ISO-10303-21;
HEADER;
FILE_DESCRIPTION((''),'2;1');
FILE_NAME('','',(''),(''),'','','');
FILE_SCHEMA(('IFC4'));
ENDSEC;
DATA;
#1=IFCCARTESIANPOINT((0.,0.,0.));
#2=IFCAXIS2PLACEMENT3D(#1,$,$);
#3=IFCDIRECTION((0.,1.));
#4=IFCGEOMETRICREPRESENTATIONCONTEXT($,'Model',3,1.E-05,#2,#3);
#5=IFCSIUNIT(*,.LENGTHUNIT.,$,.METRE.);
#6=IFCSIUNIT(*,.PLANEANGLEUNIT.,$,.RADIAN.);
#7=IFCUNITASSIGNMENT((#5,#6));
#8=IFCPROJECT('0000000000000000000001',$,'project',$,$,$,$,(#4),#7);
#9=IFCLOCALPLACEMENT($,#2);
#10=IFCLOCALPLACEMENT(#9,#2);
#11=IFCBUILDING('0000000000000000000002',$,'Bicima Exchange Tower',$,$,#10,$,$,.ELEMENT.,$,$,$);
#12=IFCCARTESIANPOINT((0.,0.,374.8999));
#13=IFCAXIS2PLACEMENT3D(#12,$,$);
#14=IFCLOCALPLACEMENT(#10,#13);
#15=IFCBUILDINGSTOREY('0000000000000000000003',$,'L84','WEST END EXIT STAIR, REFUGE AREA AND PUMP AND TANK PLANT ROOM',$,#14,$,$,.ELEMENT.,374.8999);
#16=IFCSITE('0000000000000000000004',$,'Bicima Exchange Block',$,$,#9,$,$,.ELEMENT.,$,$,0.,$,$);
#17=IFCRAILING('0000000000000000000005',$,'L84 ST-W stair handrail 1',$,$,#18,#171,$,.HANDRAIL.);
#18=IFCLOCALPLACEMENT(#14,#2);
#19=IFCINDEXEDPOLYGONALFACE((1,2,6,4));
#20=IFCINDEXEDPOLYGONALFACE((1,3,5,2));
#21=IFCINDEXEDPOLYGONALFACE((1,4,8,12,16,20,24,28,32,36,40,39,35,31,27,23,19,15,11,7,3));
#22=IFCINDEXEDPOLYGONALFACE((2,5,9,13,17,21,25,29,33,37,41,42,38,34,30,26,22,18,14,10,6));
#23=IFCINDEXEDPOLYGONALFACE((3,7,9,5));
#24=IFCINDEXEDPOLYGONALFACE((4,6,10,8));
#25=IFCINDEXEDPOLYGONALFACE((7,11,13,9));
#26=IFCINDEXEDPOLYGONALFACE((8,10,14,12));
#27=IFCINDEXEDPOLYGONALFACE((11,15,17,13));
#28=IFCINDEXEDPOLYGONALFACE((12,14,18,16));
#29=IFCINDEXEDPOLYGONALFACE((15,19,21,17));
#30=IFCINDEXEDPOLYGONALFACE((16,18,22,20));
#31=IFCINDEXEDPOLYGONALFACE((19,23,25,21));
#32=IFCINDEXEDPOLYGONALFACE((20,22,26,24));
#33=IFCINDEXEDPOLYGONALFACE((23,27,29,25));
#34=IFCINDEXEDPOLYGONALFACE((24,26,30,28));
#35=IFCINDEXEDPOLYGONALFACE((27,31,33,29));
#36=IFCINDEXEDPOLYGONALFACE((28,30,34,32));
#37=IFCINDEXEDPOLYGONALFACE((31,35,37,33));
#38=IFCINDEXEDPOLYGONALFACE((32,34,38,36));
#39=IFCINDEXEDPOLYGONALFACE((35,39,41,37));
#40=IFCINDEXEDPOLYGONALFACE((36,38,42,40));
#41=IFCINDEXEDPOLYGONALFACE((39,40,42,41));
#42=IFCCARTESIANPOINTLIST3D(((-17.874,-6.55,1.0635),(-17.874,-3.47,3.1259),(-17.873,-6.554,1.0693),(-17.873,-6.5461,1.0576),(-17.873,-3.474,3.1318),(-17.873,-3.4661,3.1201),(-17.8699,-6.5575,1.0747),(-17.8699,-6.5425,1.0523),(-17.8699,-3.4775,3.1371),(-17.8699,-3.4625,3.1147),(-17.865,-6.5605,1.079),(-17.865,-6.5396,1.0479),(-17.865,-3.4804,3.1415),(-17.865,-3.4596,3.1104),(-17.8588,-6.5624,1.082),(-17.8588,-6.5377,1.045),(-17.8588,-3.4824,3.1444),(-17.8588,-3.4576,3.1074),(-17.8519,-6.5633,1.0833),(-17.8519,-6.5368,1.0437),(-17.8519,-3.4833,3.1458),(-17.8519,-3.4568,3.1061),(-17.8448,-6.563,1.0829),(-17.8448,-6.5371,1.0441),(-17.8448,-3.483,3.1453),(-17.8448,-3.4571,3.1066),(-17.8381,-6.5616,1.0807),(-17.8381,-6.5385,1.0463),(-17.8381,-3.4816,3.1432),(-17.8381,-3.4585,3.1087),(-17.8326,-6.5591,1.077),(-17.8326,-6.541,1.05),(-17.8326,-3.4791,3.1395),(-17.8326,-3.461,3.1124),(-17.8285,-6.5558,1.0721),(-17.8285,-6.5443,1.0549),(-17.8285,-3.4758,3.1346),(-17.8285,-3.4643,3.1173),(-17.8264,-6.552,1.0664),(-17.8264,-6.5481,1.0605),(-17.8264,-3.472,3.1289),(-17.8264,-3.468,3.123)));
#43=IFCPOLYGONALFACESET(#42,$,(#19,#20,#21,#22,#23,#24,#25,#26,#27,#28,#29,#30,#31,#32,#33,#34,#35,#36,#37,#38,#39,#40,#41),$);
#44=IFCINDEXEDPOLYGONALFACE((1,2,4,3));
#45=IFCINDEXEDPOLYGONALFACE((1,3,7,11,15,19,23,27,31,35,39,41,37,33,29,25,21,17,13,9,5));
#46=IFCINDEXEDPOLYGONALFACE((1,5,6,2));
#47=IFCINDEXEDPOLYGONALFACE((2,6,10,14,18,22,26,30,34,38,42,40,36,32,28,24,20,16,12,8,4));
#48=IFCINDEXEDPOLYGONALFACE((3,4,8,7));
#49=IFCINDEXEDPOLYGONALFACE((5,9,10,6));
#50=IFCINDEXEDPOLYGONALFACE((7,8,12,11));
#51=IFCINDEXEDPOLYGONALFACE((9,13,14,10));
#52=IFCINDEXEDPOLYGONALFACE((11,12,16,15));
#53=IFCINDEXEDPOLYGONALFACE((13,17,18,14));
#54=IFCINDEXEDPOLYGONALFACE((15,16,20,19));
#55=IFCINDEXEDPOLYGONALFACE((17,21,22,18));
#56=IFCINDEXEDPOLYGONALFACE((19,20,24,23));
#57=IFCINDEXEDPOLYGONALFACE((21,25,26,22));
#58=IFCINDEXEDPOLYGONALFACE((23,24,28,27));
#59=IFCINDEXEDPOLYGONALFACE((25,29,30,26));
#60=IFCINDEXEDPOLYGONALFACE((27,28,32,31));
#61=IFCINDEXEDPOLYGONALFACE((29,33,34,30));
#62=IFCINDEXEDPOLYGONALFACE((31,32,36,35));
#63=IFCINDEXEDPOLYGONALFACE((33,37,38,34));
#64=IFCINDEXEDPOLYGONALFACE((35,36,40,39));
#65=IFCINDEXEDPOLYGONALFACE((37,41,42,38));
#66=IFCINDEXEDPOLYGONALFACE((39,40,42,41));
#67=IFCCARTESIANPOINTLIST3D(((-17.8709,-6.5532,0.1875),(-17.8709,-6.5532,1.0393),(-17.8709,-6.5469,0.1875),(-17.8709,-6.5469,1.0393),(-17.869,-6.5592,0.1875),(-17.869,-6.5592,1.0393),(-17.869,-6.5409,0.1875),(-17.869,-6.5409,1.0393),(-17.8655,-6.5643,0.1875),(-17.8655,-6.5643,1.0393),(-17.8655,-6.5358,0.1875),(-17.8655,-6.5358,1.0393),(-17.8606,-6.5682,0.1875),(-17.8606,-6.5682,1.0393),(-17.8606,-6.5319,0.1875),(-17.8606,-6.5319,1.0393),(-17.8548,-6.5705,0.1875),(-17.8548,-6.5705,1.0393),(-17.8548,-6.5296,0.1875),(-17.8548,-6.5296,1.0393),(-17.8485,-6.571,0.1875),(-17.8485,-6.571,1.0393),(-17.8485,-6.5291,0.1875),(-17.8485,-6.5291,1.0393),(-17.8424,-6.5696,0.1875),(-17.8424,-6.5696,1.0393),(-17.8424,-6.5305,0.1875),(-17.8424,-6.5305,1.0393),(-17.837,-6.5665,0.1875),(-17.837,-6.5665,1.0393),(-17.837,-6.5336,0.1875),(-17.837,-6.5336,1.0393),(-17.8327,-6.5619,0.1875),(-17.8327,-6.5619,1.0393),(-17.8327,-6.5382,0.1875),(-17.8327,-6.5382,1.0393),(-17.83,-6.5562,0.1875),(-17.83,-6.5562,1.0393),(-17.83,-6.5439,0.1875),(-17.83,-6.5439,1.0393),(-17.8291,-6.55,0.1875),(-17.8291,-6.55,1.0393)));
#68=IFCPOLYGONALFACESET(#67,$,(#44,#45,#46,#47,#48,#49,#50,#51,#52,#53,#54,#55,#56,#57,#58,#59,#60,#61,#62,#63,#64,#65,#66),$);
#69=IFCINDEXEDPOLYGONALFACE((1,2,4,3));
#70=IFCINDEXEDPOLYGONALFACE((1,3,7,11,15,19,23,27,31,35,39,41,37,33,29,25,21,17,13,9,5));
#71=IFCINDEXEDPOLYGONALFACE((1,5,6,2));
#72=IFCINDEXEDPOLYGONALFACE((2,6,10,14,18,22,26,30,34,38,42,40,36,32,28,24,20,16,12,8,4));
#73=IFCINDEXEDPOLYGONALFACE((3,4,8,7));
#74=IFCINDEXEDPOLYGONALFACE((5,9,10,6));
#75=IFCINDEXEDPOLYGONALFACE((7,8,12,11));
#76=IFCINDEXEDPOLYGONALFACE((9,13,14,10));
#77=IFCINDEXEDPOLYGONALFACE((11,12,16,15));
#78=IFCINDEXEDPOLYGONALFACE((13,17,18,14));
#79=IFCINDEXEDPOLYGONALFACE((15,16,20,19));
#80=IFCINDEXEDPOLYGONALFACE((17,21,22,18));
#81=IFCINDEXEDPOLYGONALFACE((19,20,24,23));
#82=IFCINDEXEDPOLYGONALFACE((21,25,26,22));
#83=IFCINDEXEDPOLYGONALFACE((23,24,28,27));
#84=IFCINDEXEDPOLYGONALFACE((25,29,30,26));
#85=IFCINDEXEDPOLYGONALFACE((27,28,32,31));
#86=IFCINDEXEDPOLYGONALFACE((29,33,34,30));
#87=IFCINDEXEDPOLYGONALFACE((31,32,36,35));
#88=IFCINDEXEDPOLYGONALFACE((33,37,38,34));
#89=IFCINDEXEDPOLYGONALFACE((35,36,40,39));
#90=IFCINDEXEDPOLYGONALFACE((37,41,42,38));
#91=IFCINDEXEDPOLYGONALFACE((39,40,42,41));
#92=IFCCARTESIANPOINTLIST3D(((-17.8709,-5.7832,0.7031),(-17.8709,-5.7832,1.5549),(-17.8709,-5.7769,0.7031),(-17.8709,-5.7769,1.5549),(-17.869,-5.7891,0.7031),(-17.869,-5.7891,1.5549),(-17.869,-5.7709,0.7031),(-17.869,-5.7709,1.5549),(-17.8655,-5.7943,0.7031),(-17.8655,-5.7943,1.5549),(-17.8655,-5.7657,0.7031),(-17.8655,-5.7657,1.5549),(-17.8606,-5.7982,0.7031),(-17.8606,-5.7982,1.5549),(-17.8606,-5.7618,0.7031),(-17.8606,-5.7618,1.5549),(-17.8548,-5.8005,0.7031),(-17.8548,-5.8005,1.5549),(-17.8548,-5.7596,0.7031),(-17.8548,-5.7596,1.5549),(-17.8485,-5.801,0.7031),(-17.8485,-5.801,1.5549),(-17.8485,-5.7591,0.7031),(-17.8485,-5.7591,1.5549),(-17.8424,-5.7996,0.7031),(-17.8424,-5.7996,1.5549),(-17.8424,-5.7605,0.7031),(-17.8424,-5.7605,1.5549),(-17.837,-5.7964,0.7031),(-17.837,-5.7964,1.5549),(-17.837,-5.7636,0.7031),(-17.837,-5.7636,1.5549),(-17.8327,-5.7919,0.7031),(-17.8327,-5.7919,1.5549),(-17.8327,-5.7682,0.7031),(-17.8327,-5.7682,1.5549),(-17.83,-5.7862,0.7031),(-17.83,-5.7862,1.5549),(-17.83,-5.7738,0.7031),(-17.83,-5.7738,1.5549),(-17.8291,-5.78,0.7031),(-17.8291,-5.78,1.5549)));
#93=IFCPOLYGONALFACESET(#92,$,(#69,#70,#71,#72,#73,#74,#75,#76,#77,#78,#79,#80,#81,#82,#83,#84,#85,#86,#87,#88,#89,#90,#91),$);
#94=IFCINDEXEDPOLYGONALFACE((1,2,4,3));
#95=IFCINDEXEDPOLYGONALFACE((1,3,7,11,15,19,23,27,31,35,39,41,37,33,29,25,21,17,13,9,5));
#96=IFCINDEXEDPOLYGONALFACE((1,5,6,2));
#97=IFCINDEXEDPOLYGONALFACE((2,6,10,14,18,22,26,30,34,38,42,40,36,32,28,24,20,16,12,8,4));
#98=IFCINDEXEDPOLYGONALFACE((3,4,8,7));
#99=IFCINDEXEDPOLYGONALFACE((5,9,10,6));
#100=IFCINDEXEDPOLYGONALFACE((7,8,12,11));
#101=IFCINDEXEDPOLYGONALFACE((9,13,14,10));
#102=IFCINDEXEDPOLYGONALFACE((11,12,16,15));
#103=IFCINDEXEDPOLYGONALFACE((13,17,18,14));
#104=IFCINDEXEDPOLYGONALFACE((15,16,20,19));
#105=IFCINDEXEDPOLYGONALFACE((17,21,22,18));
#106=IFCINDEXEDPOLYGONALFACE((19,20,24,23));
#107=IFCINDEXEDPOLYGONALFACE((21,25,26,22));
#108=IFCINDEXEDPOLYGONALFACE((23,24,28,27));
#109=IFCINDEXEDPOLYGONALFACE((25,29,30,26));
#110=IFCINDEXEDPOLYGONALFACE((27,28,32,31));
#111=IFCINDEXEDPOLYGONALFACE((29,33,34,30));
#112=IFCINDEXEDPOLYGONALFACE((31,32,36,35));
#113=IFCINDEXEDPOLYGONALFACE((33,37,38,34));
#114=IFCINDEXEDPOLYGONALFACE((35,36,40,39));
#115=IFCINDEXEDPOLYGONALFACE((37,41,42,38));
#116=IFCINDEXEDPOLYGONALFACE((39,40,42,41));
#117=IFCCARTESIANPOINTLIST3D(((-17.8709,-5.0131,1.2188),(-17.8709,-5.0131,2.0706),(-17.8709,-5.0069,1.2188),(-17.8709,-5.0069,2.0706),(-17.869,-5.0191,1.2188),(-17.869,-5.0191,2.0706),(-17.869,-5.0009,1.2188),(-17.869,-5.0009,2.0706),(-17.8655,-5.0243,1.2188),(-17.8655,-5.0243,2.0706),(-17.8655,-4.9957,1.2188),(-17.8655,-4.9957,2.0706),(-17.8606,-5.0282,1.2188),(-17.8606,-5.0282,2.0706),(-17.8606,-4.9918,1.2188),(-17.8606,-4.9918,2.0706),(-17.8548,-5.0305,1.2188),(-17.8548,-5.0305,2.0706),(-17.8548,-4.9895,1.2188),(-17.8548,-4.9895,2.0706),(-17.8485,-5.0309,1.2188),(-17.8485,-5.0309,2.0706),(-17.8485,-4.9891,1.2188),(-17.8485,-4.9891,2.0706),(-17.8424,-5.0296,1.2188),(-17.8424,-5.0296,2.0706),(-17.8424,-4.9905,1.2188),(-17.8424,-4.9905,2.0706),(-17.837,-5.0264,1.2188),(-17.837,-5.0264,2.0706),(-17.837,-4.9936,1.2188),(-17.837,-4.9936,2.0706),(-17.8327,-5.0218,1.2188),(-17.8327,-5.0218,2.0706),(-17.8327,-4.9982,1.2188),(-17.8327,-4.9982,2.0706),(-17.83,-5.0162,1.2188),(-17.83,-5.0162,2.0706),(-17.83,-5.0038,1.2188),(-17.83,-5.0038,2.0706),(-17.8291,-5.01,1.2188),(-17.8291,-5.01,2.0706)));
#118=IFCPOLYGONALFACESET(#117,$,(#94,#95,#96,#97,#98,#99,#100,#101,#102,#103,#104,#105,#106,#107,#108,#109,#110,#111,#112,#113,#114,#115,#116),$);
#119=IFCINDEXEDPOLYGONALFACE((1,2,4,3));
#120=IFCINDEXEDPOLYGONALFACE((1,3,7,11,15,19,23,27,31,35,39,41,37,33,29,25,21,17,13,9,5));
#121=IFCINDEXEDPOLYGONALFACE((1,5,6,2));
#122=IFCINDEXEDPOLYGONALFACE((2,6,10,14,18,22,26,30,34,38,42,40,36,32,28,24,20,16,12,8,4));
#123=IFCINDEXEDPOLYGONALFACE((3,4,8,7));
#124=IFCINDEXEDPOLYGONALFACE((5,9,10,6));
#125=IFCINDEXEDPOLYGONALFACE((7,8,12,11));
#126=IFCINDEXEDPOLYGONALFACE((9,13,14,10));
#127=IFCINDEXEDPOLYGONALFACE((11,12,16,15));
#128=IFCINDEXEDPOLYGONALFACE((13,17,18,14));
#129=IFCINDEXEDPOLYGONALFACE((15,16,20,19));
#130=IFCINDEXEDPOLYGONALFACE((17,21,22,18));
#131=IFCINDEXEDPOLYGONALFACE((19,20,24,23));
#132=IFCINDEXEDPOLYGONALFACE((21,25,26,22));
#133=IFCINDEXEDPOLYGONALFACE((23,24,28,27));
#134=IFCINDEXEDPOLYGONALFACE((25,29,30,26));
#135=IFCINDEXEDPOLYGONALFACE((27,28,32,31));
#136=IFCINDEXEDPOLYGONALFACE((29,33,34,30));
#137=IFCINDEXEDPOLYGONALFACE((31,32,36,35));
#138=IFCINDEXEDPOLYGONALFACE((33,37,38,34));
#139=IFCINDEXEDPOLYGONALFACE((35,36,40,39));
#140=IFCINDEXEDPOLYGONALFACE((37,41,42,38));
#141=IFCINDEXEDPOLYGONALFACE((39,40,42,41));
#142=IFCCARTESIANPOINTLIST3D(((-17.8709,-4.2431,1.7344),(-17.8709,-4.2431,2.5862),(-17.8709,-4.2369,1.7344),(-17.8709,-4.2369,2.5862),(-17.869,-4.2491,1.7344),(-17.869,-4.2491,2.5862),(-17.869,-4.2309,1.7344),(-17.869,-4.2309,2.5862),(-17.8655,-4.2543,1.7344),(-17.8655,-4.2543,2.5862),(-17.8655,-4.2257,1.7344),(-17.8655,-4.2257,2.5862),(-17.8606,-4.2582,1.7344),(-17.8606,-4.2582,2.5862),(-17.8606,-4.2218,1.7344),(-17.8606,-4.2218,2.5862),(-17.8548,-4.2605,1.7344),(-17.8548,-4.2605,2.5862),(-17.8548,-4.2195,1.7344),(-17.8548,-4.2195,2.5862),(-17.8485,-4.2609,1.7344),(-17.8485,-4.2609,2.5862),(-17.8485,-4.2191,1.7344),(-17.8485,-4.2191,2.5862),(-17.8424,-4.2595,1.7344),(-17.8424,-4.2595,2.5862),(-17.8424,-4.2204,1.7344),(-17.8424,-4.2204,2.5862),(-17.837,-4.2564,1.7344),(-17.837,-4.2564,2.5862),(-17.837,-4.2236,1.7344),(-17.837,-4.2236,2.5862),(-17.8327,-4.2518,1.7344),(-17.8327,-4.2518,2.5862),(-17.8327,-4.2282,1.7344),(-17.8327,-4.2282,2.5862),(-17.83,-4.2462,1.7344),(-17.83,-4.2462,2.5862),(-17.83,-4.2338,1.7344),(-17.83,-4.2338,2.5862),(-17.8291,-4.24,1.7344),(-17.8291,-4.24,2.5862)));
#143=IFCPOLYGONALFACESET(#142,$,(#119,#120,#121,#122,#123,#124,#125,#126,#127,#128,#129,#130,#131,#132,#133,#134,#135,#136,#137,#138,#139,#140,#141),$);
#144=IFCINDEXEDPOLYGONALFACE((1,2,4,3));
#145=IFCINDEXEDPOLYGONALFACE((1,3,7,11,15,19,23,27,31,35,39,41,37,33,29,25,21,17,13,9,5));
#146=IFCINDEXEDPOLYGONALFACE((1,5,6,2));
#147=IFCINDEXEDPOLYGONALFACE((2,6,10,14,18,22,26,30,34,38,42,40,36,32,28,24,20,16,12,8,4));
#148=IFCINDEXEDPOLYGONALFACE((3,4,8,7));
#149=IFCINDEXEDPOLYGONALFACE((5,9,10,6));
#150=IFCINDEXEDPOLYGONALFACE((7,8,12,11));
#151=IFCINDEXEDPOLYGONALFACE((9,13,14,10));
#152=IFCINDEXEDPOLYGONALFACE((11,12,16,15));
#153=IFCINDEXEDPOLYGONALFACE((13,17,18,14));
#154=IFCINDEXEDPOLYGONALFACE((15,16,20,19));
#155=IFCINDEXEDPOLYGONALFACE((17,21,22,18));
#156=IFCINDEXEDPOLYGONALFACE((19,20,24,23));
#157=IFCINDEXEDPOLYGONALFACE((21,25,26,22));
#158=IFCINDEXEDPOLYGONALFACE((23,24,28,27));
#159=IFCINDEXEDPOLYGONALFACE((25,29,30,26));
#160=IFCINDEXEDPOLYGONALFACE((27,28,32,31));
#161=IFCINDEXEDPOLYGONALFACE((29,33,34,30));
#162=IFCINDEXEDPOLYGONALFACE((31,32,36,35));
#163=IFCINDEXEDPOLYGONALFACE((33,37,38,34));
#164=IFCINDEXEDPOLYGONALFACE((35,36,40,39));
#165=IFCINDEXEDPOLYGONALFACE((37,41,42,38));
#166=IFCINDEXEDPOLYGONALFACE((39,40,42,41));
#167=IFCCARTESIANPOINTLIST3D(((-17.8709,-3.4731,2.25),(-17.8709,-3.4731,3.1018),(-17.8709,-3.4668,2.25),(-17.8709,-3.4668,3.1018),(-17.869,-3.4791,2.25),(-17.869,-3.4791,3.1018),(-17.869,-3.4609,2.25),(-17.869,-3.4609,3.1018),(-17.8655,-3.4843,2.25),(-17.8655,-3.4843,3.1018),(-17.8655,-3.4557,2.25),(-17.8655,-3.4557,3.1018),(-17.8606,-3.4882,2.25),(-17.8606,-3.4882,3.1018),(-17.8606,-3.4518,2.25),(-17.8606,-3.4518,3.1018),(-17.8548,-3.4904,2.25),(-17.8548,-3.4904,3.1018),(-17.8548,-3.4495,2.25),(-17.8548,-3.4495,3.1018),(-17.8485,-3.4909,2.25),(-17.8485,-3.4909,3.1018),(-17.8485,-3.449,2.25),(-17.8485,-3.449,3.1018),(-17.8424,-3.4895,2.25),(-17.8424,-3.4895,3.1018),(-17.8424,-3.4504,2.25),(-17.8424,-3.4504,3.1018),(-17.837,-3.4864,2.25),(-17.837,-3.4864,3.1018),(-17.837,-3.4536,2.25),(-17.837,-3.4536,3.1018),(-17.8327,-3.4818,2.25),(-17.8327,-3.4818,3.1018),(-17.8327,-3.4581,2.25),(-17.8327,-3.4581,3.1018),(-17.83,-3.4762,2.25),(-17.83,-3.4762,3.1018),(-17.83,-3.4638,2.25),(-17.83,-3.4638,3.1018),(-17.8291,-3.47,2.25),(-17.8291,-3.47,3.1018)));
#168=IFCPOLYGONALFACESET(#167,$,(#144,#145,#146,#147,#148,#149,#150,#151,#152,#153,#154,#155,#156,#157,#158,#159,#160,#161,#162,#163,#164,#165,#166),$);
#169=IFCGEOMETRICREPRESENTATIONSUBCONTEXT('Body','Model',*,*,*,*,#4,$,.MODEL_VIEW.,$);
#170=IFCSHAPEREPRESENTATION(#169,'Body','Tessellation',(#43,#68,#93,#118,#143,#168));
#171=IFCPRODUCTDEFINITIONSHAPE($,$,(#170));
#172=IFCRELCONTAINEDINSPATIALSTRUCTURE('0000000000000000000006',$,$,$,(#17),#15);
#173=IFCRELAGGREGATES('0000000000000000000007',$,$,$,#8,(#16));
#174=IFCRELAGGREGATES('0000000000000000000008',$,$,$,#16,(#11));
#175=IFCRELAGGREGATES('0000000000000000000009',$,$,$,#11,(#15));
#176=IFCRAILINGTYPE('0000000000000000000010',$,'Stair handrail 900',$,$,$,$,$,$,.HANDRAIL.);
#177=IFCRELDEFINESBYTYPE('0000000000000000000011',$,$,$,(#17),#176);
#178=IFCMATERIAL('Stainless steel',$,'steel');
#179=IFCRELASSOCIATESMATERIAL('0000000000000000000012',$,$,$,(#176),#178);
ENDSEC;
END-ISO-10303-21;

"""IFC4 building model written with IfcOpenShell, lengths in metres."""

from ifc_helpers import new_model, si_unit, direction, frame, origin, origin_2d, place, context, subcontext, project, spatial, circle, extrude, material, type_object, element, save


model = new_model("IFC4")

# Units and contexts
model_context = context("Model", 3, precision=1e-05, world=origin(), true_north=direction((0.0, 1.0)))
body_context = subcontext(model_context, "Body", "Model", "MODEL_VIEW")
ifc_project = project(units=[si_unit("LENGTHUNIT", "METRE"), si_unit("PLANEANGLEUNIT", "RADIAN")], contexts=[model_context])

# Site, building, storey
site_placement = place(None, origin())
site = spatial("IfcSite", under=ifc_project, at=site_placement, Name="Bicima Exchange Block", CompositionType="ELEMENT", RefElevation=0.0)
building_placement = place(site_placement, origin())
building = spatial("IfcBuilding", under=site, at=building_placement, Name="Bicima Exchange Tower", CompositionType="ELEMENT")
storey_placement = place(building_placement, frame((0.0, 0.0, 374.8999)))
storey = spatial("IfcBuildingStorey", under=building, at=storey_placement, Name="L84", Description="WEST END EXIT STAIR, REFUGE AREA AND PUMP AND TANK PLANT ROOM", CompositionType="ELEMENT", Elevation=374.8999)

# Railing
ifc_material_1 = material(Name="Stainless steel", Category="steel")
railing_type_1 = type_object("IfcRailingType", Name="Stair handrail 900", PredefinedType="HANDRAIL", material=ifc_material_1)
railing_1_placement = place(storey_placement, frame((-17.8501, -6.55, 0.1875)))
element("IfcRailing", 1, at=railing_1_placement, inside=storey, type_object=railing_type_1, Name="L84 ST-W stair handrail 1", PredefinedType="HANDRAIL", context=body_context, shape_type="SweptSolid", body=[
    extrude(circle(Radius=0.0239, at=origin_2d()), frame((0.0, 0.0, 0.876), z_axis=(0.0, 0.830914, 0.556401), x_axis=(-1.0, 0.0, 0.0)), (0.0, 0.0, 1.0), 3.7068),
    extrude(circle(Radius=0.021, at=origin_2d()), origin(), (0.0, 0.0, 1.0), 0.8518),
    extrude(circle(Radius=0.021, at=origin_2d()), frame((0.0, 0.77, 0.5156)), (0.0, 0.0, 1.0), 0.8518),
    extrude(circle(Radius=0.021, at=origin_2d()), frame((0.0, 1.54, 1.0312)), (0.0, 0.0, 1.0), 0.8518),
    extrude(circle(Radius=0.021, at=origin_2d()), frame((0.0, 2.3101, 1.5469)), (0.0, 0.0, 1.0), 0.8518),
    extrude(circle(Radius=0.021, at=origin_2d()), frame((0.0, 3.0801, 2.0625)), (0.0, 0.0, 1.0), 0.8518),
])

save(model, "model.ifc")
